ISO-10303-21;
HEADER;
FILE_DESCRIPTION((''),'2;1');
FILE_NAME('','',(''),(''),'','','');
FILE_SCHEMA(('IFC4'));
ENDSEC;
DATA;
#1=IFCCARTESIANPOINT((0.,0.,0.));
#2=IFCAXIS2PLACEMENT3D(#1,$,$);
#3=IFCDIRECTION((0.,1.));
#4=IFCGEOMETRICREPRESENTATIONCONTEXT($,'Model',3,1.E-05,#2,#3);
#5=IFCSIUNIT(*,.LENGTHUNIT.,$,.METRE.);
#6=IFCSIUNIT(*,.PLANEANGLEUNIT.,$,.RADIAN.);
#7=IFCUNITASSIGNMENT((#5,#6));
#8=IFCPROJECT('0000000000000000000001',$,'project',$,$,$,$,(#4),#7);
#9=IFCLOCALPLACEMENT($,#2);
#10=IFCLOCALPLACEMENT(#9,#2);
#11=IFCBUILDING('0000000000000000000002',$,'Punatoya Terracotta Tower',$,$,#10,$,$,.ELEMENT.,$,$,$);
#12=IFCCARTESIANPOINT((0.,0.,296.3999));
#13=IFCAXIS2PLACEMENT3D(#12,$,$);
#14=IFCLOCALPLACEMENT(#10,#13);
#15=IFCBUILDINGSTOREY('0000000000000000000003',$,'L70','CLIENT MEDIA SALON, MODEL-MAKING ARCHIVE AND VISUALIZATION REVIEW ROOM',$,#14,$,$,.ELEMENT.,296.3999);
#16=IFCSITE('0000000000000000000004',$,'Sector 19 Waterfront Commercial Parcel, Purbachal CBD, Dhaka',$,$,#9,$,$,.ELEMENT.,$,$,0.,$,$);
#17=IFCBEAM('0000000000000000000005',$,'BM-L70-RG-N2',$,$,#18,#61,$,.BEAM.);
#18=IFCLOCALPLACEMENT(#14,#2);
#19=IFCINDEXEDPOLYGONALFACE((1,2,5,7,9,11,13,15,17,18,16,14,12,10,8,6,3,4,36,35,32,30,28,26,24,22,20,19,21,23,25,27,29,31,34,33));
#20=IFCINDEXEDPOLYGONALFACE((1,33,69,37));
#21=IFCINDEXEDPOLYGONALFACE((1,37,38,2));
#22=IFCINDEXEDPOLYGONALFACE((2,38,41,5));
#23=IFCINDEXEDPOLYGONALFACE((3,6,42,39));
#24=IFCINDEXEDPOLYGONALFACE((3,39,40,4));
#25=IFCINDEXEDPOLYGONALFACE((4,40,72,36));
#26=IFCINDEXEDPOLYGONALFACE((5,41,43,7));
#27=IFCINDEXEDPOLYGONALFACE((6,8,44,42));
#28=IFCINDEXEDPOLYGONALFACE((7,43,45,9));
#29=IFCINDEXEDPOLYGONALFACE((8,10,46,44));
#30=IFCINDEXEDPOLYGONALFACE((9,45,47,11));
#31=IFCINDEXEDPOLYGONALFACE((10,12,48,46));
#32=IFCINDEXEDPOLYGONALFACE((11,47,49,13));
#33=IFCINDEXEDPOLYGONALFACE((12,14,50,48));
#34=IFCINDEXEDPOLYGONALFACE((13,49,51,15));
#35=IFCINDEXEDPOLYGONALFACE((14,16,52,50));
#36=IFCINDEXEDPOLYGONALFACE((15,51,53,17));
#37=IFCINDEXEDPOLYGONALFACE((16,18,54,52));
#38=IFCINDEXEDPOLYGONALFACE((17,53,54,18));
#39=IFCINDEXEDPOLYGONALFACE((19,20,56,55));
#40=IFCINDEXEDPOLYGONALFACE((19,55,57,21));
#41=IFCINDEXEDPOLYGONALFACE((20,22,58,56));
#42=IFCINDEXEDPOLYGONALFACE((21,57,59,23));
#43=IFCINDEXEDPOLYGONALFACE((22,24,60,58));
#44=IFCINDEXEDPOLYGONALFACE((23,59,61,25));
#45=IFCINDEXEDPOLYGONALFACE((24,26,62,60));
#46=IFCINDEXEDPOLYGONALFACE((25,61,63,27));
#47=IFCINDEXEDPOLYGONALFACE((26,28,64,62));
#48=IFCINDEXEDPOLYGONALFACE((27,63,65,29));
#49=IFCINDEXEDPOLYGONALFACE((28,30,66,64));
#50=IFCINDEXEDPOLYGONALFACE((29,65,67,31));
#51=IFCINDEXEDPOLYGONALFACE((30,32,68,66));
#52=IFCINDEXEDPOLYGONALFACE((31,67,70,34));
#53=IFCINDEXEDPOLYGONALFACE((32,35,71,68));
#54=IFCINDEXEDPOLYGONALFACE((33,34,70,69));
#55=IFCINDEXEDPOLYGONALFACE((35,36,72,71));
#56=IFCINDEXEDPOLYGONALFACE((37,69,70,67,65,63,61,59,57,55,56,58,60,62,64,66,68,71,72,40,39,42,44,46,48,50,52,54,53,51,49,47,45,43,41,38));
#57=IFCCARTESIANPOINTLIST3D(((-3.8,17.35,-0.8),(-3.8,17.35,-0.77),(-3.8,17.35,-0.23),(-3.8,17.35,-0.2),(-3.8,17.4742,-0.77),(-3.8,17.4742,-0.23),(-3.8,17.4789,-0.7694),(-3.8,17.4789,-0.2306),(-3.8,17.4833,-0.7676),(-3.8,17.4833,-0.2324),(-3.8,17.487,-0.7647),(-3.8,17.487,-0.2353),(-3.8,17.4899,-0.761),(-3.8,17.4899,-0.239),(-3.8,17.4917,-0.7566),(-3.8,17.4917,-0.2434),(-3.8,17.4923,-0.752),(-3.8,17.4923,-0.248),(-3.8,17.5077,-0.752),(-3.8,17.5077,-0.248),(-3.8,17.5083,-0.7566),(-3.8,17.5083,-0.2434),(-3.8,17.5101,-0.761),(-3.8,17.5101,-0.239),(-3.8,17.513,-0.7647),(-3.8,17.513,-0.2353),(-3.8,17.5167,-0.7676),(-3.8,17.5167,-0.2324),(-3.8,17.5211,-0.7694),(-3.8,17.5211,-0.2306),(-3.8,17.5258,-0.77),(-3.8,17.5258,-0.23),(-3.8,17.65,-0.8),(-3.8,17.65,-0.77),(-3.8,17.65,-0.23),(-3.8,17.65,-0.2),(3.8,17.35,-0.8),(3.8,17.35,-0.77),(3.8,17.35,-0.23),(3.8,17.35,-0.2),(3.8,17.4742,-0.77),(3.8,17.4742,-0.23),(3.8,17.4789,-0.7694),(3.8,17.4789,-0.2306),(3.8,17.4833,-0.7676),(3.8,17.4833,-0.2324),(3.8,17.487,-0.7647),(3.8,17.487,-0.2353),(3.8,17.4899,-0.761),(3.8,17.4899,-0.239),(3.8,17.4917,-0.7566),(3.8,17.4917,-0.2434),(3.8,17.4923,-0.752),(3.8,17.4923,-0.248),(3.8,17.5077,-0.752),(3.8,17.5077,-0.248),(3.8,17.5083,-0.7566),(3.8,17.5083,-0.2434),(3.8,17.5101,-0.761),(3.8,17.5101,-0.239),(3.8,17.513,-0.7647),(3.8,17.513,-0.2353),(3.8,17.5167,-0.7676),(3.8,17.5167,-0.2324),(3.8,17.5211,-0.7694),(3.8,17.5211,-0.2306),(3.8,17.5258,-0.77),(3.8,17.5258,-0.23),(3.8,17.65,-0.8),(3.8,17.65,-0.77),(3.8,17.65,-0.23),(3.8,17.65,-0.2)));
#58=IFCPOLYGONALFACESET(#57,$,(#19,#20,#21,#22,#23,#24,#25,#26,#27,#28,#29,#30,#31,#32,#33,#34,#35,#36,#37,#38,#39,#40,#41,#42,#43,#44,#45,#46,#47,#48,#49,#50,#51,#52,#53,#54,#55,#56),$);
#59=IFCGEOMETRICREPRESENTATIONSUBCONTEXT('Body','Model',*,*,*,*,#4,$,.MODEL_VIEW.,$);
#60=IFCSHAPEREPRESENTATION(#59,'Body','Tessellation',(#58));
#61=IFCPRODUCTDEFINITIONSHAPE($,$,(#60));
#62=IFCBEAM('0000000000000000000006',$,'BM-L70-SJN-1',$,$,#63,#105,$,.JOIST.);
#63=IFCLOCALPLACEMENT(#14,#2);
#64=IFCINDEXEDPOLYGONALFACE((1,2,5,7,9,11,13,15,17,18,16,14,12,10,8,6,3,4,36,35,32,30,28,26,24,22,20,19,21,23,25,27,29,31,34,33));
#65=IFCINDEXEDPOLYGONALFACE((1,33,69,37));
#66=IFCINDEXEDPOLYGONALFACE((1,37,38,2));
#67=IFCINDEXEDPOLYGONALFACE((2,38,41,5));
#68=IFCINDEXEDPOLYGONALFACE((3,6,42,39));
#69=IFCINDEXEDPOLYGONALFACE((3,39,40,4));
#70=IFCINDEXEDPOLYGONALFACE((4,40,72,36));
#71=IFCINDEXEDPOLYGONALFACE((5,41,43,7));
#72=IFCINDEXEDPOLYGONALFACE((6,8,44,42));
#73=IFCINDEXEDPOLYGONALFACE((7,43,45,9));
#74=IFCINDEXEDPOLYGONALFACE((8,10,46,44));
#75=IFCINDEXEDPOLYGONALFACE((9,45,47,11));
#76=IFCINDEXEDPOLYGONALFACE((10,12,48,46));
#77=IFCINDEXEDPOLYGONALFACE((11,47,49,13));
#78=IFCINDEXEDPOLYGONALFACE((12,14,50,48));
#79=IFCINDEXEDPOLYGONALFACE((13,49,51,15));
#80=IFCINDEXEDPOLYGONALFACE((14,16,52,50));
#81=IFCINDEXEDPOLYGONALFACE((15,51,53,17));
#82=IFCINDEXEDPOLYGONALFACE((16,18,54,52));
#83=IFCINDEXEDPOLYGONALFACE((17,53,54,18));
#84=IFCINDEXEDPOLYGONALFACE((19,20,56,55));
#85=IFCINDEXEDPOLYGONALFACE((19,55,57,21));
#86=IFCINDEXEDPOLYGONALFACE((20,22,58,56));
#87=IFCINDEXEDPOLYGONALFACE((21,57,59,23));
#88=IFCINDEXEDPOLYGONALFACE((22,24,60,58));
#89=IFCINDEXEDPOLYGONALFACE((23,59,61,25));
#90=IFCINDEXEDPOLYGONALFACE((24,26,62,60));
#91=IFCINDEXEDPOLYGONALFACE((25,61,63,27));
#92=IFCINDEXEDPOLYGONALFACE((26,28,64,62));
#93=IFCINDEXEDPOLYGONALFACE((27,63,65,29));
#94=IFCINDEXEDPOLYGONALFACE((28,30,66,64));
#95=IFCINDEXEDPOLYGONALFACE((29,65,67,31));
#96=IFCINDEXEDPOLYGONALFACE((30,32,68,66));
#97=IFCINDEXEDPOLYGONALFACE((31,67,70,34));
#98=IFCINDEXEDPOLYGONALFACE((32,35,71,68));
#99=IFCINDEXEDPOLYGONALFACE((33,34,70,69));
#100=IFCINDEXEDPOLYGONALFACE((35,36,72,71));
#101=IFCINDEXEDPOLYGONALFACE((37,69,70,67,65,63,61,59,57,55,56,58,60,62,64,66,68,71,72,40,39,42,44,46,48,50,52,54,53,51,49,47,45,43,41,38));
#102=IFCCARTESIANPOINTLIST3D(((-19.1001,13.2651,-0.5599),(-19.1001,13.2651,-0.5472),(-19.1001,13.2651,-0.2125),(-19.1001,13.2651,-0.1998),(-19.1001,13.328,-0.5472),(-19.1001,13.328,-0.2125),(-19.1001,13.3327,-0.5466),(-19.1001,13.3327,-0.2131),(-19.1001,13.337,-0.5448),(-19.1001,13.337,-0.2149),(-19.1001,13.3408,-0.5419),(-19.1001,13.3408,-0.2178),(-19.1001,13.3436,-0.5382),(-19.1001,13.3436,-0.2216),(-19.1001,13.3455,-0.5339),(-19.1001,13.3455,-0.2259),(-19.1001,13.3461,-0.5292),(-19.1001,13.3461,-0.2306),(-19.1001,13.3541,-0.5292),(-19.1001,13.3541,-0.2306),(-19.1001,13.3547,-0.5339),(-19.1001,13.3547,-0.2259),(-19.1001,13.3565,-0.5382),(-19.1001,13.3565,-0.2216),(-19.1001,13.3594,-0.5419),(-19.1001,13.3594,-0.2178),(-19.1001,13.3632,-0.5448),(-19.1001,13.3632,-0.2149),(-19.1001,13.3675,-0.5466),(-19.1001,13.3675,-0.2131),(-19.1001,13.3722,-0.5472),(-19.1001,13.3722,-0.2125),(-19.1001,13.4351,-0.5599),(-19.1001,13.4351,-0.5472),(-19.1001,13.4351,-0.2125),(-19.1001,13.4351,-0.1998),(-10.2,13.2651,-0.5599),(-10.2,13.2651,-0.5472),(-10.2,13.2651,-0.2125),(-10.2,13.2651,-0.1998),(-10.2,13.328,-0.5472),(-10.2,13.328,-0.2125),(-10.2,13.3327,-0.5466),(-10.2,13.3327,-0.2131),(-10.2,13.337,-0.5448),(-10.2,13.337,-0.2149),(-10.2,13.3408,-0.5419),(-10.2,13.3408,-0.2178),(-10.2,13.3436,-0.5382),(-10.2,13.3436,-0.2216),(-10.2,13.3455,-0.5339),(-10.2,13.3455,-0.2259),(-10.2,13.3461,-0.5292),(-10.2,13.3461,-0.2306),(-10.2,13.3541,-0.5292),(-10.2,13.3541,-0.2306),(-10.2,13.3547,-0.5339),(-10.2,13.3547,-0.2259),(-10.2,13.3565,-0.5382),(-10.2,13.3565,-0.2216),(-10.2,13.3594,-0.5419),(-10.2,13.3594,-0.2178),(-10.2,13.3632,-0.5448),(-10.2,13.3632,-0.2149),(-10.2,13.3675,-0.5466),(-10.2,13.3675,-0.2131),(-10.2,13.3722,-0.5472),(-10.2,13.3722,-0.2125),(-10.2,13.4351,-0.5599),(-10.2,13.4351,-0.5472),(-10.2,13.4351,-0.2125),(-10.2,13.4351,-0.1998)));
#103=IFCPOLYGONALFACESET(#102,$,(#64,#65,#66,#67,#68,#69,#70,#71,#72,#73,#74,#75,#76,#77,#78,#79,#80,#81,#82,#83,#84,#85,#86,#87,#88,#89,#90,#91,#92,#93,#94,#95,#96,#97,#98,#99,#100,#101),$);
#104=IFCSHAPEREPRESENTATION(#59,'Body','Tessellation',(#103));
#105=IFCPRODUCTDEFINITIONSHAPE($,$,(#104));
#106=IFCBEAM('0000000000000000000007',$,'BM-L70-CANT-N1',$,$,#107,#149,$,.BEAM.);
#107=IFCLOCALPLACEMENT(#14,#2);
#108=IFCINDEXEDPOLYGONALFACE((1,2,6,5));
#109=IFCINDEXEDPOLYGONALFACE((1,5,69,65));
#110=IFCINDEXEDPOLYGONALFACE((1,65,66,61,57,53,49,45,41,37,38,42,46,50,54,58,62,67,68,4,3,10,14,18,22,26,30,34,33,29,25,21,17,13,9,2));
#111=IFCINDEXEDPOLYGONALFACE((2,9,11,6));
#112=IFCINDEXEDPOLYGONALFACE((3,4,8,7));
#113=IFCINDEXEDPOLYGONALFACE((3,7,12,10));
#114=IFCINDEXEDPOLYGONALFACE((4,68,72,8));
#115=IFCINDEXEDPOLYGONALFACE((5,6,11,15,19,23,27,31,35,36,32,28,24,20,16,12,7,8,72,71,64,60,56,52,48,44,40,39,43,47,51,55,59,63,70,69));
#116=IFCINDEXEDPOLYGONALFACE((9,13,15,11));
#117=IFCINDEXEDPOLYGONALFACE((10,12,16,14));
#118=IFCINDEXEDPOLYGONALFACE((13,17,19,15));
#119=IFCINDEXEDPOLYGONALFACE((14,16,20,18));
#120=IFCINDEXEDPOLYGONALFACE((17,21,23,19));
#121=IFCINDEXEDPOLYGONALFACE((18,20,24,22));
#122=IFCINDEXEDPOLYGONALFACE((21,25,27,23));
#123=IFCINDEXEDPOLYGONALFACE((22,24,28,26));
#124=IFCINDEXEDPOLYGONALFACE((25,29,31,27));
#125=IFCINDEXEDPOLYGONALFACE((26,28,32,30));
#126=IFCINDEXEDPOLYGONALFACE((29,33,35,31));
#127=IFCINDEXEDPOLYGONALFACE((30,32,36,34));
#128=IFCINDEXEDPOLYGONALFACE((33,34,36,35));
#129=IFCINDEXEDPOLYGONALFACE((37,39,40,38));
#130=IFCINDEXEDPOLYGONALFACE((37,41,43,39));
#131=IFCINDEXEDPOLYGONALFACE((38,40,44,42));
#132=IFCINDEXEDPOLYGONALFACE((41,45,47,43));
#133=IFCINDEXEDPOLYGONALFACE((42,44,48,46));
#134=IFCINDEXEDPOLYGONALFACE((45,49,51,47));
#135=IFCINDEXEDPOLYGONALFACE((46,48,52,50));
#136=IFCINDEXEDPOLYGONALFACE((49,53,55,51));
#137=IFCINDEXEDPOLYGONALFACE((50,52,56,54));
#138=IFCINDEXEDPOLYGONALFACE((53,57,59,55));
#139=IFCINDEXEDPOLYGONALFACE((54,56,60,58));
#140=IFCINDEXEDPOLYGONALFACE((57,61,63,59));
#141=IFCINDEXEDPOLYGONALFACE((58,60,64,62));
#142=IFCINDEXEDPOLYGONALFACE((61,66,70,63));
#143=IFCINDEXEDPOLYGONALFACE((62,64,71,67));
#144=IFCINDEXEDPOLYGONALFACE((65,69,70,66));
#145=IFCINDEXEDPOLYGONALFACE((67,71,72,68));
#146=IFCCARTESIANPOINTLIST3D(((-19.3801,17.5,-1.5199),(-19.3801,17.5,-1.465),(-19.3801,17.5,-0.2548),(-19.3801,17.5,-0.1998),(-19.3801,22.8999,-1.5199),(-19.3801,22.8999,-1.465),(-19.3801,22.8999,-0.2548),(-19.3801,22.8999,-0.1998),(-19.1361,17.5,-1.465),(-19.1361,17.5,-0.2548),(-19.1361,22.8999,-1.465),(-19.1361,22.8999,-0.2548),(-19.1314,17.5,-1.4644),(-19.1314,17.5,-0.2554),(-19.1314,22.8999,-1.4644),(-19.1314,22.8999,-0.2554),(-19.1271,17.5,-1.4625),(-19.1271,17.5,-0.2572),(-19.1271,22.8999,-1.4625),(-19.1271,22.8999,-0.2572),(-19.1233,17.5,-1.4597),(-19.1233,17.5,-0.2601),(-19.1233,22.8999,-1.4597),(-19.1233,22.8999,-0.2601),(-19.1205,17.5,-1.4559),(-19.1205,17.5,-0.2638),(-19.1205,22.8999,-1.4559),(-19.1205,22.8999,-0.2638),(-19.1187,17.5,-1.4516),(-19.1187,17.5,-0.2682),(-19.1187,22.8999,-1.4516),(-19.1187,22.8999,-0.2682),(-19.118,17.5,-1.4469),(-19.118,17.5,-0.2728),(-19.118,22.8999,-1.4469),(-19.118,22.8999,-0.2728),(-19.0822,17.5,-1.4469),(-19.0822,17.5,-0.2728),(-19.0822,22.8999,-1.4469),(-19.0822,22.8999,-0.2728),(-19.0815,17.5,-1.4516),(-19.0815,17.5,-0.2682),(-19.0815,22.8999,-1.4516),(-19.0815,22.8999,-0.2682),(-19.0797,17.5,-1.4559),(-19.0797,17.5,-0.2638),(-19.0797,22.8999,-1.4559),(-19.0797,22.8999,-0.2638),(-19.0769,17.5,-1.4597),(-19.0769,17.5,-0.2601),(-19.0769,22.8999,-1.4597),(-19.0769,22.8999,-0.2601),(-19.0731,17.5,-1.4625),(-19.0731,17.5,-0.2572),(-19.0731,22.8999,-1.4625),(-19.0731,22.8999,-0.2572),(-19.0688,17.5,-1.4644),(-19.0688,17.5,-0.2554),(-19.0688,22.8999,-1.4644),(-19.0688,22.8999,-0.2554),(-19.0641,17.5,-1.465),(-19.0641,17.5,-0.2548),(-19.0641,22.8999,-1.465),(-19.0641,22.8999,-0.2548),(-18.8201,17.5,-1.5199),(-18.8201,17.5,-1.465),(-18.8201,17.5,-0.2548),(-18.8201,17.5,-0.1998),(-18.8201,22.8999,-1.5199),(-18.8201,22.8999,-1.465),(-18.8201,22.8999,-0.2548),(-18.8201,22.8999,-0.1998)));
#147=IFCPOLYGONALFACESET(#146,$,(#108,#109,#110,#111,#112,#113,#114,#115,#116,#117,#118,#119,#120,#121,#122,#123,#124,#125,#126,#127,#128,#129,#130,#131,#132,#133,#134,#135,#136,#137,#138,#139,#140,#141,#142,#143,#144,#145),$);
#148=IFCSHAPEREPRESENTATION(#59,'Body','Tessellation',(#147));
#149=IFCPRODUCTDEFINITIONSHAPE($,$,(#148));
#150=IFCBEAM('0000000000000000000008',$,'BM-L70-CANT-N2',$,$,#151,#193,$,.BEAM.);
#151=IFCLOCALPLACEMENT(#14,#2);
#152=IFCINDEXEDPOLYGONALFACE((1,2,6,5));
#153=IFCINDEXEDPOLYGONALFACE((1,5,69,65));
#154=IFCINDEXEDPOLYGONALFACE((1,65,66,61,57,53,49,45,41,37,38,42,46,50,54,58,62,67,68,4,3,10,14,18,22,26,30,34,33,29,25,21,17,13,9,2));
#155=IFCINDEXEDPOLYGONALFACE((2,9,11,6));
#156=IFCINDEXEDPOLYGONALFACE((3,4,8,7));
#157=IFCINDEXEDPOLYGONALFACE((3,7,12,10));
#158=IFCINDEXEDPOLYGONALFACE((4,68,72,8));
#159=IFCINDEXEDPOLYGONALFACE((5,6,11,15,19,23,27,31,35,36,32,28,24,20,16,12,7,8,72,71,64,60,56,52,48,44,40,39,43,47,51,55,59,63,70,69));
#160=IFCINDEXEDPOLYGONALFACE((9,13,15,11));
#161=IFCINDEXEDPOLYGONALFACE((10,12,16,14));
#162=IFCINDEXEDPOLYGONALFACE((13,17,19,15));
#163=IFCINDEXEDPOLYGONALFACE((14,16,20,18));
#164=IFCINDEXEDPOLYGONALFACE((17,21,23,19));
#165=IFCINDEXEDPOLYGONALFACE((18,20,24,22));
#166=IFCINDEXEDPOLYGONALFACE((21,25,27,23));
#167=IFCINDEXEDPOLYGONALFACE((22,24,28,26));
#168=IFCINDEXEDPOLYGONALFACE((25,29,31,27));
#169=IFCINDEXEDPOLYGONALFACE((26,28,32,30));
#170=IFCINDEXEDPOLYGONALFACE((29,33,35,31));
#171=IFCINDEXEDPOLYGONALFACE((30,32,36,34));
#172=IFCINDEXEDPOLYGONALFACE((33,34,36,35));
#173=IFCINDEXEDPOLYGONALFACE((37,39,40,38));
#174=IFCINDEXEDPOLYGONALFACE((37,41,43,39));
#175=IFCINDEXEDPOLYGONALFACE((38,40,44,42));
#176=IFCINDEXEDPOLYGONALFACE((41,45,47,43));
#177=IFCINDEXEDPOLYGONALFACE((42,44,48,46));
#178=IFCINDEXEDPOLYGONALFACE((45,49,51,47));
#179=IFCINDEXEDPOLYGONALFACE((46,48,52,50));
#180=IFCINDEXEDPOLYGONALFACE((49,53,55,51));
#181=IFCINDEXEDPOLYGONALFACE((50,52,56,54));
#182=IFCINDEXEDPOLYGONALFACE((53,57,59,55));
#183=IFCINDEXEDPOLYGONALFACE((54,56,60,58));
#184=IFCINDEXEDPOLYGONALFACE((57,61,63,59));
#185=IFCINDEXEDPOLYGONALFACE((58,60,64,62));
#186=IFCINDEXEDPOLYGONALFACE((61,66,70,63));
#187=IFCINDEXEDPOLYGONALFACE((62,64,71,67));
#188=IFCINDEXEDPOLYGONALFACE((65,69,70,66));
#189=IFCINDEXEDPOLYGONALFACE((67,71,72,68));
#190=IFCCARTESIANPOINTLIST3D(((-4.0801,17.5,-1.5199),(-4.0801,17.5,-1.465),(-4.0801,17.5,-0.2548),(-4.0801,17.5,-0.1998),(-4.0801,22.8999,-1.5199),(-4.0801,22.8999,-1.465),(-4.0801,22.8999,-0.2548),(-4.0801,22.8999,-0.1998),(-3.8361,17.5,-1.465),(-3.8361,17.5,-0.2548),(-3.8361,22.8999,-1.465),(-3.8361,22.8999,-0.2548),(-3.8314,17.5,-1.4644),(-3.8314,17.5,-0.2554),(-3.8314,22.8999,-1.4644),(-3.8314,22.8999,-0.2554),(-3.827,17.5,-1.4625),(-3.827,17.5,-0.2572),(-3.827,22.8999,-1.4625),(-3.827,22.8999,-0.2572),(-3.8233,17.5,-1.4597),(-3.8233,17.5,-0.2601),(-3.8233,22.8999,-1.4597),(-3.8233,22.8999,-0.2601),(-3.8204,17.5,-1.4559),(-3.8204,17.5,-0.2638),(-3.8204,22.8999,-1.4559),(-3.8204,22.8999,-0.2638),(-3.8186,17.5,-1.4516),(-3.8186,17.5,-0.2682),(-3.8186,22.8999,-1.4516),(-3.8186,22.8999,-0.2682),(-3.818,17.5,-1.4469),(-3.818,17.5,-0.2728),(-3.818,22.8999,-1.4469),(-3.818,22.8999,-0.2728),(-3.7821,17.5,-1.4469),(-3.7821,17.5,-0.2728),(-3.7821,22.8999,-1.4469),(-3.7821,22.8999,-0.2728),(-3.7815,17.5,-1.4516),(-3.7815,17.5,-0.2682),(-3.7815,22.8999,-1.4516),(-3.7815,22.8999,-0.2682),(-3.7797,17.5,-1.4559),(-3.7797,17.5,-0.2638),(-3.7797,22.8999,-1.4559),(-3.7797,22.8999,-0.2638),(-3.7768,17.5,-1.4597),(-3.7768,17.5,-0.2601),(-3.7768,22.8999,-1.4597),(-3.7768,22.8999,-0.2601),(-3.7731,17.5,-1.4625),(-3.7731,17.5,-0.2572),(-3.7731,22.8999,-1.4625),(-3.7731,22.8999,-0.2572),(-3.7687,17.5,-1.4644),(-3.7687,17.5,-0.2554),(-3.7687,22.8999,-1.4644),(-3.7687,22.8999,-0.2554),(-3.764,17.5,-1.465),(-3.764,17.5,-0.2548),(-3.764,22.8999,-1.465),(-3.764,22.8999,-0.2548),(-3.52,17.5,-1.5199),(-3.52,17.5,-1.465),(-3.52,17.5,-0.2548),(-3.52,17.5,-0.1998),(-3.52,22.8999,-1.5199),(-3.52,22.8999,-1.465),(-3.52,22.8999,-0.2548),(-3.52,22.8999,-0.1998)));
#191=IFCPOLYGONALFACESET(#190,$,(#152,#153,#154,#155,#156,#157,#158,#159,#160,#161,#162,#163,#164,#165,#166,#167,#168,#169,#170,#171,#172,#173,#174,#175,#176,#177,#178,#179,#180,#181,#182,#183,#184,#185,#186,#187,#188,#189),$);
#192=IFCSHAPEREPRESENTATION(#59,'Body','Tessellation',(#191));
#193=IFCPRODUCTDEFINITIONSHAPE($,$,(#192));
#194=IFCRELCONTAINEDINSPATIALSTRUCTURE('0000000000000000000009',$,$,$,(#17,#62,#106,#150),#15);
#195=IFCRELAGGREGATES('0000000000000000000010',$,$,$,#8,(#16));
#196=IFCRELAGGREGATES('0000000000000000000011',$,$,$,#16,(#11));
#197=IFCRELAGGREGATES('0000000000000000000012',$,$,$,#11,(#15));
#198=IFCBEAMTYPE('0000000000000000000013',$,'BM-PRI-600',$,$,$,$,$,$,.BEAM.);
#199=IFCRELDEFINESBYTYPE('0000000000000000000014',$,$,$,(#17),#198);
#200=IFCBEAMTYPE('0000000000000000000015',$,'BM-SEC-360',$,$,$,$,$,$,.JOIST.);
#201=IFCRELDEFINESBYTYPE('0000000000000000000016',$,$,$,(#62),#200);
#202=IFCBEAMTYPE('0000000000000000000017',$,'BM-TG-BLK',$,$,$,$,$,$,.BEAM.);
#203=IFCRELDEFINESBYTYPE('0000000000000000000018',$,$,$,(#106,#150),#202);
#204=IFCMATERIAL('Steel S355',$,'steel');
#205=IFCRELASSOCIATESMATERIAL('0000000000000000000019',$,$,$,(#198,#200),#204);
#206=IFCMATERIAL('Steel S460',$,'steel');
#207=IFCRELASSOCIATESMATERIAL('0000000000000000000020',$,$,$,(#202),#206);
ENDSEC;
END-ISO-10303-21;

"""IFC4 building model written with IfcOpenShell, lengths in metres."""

from ifc_helpers import new_model, si_unit, direction, frame, origin, origin_2d, place, context, subcontext, project, spatial, i_section, extrude, material, material_profile, profile_set, type_object, element, save


model = new_model("IFC4")

# Units and contexts
model_context = context("Model", 3, precision=1e-05, world=origin(), true_north=direction((0.0, 1.0)))
body_context = subcontext(model_context, "Body", "Model", "MODEL_VIEW")
ifc_project = project(units=[si_unit("LENGTHUNIT", "METRE"), si_unit("PLANEANGLEUNIT", "RADIAN")], contexts=[model_context])

# Site, building, storey
site_placement = place(None, origin())
site = spatial("IfcSite", under=ifc_project, at=site_placement, Name="Sector 19 Waterfront Commercial Parcel, Purbachal CBD, Dhaka", CompositionType="ELEMENT", RefElevation=0.0)
building_placement = place(site_placement, origin())
building = spatial("IfcBuilding", under=site, at=building_placement, Name="Punatoya Terracotta Tower", CompositionType="ELEMENT")
storey_placement = place(building_placement, frame((0.0, 0.0, 296.3999)))
storey = spatial("IfcBuildingStorey", under=building, at=storey_placement, Name="L70", Description="CLIENT MEDIA SALON, MODEL-MAKING ARCHIVE AND VISUALIZATION REVIEW ROOM", CompositionType="ELEMENT", Elevation=296.3999)

# Shared definitions
ifc_material_1 = material(Name="Steel S460", Category="steel")

# Beams
ifc_material_2 = material(Name="Steel S355", Category="steel")
ifc_material_profile_1 = material_profile(ifc_material_2, i_section(OverallWidth=0.3, OverallDepth=0.6001, WebThickness=0.0154, FlangeThickness=0.03, FilletRadius=0.0181, at=origin_2d()))
ifc_profile_set_1 = profile_set([ifc_material_profile_1], Name="Steel S355")
beam_type_1 = type_object("IfcBeamType", Name="BM-PRI-600", PredefinedType="BEAM", material=ifc_profile_set_1)
beam_1_placement = place(storey_placement, frame((-3.8, 17.5, -0.5), z_axis=(1.0, 0.0, 0.0), x_axis=(0.0, 1.0, 0.0)))
element("IfcBeam", 1, at=beam_1_placement, inside=storey, type_object=beam_type_1, Name="BM-L70-RG-N2", PredefinedType="BEAM", context=body_context, shape_type="SweptSolid", body=[
    extrude(i_section(OverallWidth=0.3, OverallDepth=0.6001, WebThickness=0.0154, FlangeThickness=0.03, FilletRadius=0.0181, at=origin_2d()), origin(), (0.0, 0.0, 1.0), 7.6001),
])
ifc_material_profile_2 = material_profile(ifc_material_2, i_section(OverallWidth=0.1699, OverallDepth=0.3601, WebThickness=0.0081, FlangeThickness=0.0127, FilletRadius=0.0181, at=origin_2d()))
ifc_profile_set_2 = profile_set([ifc_material_profile_2], Name="Steel S355")
beam_type_2 = type_object("IfcBeamType", Name="BM-SEC-360", PredefinedType="JOIST", material=ifc_profile_set_2)
beam_2_placement = place(storey_placement, frame((-19.1001, 13.3501, -0.3799), z_axis=(1.0, 0.0, 0.0), x_axis=(0.0, 1.0, 0.0)))
element("IfcBeam", 2, at=beam_2_placement, inside=storey, type_object=beam_type_2, Name="BM-L70-SJN-1", PredefinedType="JOIST", context=body_context, shape_type="SweptSolid", body=[
    extrude(i_section(OverallWidth=0.1699, OverallDepth=0.3601, WebThickness=0.0081, FlangeThickness=0.0127, FilletRadius=0.0181, at=origin_2d()), origin(), (0.0, 0.0, 1.0), 8.9001),
])
ifc_material_profile_3 = material_profile(ifc_material_1, i_section(OverallWidth=0.5601, OverallDepth=1.3201, WebThickness=0.0359, FlangeThickness=0.0549, FilletRadius=0.0181, at=origin_2d()))
ifc_profile_set_3 = profile_set([ifc_material_profile_3], Name="Steel S460")
beam_type_3 = type_object("IfcBeamType", Name="BM-TG-BLK", PredefinedType="BEAM", material=ifc_profile_set_3)
for number, where, z_axis, x_axis, name in (
    (3, (-19.1001, 17.5, -0.8599), (0.0, 1.0, 0.0), (-1.0, 0.0, 0.0), "BM-L70-CANT-N1"),
    (4, (-3.8, 17.5, -0.8599), (0.0, 1.0, 0.0), (-1.0, 0.0, 0.0), "BM-L70-CANT-N2"),
):
    element("IfcBeam", number, at=place(storey_placement, frame(where, z_axis=z_axis, x_axis=x_axis)), inside=storey, type_object=beam_type_3, Name=name, PredefinedType="BEAM", context=body_context, shape_type="SweptSolid", body=[
        extrude(i_section(OverallWidth=0.5601, OverallDepth=1.3201, WebThickness=0.0359, FlangeThickness=0.0549, FilletRadius=0.0181, at=origin_2d()), origin(), (0.0, 0.0, 1.0), 5.3999),
    ])

save(model, "model.ifc")
